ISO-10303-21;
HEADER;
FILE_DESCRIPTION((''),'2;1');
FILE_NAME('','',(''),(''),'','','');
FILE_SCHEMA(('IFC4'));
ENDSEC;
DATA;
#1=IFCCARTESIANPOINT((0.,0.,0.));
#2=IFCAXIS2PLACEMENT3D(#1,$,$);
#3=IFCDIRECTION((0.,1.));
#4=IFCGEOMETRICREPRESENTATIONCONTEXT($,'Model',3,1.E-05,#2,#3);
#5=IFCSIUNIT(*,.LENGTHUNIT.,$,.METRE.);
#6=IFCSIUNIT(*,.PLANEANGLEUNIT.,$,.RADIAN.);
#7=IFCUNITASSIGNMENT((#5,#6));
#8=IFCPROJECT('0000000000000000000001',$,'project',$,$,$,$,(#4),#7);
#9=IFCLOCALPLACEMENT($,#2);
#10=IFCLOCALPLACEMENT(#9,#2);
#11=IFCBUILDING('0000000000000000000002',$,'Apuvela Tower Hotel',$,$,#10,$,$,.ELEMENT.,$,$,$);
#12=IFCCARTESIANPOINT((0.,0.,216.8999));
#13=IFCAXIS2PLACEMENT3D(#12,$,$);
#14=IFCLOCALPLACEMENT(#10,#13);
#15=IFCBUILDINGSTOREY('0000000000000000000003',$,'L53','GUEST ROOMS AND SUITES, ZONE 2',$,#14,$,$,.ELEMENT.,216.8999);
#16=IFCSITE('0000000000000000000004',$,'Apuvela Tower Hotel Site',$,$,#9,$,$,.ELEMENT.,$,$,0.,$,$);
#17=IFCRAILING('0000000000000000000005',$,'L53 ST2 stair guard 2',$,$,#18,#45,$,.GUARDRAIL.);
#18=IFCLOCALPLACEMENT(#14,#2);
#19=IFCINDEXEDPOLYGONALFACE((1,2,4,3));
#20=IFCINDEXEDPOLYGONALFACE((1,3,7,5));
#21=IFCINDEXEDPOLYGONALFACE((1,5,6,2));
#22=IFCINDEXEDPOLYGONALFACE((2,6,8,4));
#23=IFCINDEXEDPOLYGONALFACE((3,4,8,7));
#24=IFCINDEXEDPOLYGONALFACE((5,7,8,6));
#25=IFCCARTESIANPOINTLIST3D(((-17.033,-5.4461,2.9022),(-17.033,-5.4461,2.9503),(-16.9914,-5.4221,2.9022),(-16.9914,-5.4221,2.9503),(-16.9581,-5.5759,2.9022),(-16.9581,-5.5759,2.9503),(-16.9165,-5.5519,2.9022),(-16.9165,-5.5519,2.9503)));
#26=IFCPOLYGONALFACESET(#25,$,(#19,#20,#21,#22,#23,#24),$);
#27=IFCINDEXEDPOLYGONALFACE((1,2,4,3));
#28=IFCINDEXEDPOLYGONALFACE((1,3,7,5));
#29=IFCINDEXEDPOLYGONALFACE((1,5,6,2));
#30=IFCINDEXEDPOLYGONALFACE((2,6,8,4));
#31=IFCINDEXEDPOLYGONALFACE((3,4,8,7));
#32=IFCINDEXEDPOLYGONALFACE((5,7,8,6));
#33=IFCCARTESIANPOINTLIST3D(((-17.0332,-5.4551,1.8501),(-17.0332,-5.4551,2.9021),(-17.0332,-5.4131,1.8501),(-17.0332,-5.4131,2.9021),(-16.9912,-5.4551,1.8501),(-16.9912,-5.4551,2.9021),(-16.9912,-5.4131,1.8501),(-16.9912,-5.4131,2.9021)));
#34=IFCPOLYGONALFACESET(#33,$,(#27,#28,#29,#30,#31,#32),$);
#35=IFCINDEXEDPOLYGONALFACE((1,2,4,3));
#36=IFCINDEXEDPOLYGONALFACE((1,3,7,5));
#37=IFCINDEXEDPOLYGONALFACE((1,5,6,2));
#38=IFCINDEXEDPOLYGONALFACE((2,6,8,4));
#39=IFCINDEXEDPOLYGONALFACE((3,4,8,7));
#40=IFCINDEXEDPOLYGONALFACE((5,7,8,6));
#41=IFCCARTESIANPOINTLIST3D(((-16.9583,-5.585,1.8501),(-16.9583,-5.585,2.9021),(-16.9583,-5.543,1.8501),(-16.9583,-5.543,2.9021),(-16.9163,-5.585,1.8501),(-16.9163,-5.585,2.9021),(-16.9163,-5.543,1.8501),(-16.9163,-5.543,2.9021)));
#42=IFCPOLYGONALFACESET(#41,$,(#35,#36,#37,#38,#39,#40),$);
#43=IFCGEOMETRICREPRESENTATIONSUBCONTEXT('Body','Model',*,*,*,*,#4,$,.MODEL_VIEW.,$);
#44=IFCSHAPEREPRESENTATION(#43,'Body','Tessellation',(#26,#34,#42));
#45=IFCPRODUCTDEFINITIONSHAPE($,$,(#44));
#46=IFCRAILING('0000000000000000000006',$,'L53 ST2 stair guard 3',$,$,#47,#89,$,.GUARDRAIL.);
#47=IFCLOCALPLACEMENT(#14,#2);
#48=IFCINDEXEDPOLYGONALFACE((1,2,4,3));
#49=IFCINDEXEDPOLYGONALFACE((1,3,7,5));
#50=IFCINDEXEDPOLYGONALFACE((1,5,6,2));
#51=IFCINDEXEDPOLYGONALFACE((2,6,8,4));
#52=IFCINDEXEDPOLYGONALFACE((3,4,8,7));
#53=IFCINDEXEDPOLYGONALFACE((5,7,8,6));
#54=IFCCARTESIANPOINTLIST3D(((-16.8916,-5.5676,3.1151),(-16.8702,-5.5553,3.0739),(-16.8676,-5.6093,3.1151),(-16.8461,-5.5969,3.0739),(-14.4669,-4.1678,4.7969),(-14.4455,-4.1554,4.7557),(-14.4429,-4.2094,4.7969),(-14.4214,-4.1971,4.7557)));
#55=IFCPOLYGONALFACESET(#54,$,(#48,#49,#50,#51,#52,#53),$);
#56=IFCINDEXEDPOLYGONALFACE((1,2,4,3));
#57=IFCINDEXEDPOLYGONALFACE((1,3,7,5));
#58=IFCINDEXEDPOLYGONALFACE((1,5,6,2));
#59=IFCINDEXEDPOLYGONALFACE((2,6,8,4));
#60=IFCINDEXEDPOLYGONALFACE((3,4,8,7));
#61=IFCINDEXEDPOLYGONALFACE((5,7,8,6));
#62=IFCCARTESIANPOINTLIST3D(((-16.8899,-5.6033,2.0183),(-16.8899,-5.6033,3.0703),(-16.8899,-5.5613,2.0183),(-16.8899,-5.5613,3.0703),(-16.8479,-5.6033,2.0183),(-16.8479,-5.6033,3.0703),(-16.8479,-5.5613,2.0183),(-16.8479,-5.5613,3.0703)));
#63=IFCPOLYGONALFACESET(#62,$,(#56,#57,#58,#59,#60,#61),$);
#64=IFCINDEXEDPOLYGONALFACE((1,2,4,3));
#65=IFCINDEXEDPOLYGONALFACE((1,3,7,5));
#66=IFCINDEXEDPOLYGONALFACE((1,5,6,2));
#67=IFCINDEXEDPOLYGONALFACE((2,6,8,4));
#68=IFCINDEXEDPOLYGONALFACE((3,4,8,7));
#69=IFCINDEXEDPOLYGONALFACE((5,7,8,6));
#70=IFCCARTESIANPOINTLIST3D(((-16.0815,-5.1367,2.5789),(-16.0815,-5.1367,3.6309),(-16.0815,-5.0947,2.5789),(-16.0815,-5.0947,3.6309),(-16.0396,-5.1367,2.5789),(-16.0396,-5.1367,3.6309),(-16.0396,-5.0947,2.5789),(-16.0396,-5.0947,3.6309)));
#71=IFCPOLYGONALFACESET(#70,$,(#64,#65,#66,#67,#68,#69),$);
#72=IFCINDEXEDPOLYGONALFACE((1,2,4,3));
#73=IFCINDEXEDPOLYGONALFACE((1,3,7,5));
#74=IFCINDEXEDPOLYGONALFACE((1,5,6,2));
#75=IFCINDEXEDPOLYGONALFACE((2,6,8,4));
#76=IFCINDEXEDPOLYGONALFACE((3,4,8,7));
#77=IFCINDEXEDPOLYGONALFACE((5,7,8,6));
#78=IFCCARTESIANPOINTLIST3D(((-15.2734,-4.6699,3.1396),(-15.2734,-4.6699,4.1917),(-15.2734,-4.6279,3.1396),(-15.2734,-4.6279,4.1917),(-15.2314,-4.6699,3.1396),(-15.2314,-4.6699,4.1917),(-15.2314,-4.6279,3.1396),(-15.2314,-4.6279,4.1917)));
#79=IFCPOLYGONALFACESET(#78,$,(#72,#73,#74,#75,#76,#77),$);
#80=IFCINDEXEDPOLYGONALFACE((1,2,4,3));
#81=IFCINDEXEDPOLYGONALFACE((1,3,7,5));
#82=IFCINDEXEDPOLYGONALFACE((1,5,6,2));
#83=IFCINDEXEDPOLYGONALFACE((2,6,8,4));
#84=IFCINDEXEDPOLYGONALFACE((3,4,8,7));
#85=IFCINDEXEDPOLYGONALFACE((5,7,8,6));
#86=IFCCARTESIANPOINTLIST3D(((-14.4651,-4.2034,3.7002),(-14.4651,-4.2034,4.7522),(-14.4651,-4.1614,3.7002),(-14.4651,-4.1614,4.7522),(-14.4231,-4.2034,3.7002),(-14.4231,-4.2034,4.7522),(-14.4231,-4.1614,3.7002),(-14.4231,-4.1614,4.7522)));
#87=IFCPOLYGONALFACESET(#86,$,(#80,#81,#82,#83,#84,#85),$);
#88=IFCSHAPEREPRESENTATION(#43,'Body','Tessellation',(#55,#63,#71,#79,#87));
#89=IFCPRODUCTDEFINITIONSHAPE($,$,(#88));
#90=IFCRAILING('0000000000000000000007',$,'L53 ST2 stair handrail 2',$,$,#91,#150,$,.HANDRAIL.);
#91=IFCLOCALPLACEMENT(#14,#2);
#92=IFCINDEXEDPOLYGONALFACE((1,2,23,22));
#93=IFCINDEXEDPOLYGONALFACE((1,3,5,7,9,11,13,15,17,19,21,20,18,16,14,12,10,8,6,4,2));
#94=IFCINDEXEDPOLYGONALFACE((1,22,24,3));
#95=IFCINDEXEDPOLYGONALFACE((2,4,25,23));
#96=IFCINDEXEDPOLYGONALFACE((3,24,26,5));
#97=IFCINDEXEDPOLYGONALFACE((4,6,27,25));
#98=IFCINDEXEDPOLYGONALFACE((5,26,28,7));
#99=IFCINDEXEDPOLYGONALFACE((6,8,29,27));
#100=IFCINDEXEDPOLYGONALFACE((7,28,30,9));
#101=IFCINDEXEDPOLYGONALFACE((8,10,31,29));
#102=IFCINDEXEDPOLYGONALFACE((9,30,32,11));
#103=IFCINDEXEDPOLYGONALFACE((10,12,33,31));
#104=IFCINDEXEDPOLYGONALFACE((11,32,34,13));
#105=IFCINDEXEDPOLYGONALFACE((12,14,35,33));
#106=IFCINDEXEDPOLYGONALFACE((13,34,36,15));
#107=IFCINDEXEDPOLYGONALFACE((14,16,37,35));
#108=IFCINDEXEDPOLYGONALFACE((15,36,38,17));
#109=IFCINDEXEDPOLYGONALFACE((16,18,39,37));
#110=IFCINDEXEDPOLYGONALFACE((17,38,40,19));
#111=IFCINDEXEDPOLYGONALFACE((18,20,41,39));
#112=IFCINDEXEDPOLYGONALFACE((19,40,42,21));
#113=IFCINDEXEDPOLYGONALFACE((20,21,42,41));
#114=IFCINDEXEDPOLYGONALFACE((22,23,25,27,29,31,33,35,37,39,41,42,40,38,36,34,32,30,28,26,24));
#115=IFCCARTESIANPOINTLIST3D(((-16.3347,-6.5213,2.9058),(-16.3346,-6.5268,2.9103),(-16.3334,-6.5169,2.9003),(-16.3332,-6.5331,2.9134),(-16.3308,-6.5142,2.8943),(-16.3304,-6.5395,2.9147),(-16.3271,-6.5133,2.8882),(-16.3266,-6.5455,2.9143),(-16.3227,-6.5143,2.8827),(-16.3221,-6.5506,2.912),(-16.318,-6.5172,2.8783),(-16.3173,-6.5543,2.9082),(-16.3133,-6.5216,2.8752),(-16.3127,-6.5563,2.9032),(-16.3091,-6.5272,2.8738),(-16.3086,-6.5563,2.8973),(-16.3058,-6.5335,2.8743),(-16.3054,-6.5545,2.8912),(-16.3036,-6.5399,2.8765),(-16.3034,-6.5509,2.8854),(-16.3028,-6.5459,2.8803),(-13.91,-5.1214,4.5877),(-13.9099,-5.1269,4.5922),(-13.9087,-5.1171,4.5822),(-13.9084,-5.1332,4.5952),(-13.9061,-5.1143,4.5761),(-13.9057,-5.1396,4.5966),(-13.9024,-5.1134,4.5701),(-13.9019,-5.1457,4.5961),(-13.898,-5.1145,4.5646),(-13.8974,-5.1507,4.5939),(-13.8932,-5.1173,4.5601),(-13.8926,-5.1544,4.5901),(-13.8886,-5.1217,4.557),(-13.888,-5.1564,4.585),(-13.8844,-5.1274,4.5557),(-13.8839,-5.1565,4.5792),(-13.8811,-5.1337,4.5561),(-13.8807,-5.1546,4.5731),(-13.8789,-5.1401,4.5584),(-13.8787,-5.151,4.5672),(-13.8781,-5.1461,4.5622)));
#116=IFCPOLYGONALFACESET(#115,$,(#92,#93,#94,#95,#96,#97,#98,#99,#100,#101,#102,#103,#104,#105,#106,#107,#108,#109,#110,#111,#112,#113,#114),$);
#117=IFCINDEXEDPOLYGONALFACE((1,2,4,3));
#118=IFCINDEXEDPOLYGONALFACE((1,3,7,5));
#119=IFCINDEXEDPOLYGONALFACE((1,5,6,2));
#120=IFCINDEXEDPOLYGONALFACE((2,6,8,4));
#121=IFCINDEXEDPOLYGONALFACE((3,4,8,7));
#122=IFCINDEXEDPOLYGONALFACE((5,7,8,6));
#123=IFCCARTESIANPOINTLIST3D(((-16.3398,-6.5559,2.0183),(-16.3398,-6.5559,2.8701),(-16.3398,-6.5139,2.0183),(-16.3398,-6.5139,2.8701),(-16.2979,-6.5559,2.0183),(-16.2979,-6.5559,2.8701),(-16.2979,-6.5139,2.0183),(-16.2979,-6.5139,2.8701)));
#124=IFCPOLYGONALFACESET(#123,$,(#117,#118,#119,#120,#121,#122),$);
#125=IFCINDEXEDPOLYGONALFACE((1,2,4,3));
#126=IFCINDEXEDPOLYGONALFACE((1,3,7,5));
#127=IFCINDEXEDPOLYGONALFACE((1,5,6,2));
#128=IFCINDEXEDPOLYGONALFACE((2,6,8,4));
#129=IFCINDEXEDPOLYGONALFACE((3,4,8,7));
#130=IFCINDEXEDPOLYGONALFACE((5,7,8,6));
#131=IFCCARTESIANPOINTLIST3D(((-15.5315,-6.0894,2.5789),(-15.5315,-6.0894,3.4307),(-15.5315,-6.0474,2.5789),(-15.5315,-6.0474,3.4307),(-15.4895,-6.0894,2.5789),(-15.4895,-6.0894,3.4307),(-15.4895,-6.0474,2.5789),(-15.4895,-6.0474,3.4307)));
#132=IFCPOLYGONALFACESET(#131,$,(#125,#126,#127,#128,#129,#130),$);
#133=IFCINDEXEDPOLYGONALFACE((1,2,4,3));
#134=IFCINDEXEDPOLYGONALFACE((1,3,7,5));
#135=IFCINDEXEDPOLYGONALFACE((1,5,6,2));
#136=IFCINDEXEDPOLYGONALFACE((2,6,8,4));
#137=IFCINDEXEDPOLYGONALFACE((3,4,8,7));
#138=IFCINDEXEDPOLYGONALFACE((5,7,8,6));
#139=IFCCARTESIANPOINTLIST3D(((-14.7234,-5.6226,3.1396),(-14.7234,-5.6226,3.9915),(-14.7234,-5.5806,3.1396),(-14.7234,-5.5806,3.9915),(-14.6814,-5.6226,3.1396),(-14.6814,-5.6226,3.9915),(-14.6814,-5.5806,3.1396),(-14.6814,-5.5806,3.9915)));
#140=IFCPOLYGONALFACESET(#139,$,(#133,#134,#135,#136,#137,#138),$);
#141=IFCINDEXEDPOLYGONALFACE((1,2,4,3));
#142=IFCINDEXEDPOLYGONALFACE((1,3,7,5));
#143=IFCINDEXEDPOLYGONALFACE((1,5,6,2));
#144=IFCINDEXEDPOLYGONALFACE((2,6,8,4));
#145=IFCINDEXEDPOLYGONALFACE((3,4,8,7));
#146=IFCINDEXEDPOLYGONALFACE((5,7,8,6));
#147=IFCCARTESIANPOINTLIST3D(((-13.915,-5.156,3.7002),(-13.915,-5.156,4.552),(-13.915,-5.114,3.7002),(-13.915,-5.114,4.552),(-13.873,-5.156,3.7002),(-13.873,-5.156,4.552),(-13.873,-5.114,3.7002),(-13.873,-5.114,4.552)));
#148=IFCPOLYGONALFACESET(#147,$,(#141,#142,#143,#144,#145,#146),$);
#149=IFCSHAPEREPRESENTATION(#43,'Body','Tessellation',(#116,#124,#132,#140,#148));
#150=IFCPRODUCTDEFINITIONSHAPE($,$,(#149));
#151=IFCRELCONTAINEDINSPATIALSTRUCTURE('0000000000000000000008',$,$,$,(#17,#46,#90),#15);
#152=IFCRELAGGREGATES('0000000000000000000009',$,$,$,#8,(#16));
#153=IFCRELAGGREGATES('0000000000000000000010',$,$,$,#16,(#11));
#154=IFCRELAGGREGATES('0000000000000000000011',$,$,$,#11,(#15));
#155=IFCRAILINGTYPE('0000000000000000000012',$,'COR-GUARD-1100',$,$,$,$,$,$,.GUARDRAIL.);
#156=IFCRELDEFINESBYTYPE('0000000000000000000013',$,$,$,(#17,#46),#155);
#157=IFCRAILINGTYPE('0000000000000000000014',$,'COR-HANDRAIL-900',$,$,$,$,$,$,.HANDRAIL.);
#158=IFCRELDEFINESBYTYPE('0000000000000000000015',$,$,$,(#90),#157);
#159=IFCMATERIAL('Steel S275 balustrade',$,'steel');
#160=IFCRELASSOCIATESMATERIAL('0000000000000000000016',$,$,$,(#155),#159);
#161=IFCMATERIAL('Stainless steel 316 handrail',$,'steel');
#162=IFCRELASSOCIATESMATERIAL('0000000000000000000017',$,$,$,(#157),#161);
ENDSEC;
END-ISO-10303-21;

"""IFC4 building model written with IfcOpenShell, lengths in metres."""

from ifc_helpers import new_model, si_unit, direction, frame, origin, origin_2d, place, context, subcontext, project, spatial, rectangle, circle, extrude, material, type_object, element, save


model = new_model("IFC4")

# Units and contexts
model_context = context("Model", 3, precision=1e-05, world=origin(), true_north=direction((0.0, 1.0)))
body_context = subcontext(model_context, "Body", "Model", "MODEL_VIEW")
ifc_project = project(units=[si_unit("LENGTHUNIT", "METRE"), si_unit("PLANEANGLEUNIT", "RADIAN")], contexts=[model_context])

# Site, building, storey
site_placement = place(None, origin())
site = spatial("IfcSite", under=ifc_project, at=site_placement, Name="Apuvela Tower Hotel Site", CompositionType="ELEMENT", RefElevation=0.0)
building_placement = place(site_placement, origin())
building = spatial("IfcBuilding", under=site, at=building_placement, Name="Apuvela Tower Hotel", CompositionType="ELEMENT")
storey_placement = place(building_placement, frame((0.0, 0.0, 216.8999)))
storey = spatial("IfcBuildingStorey", under=building, at=storey_placement, Name="L53", Description="GUEST ROOMS AND SUITES, ZONE 2", CompositionType="ELEMENT", Elevation=216.8999)

# Railings
ifc_material_1 = material(Name="Steel S275 balustrade", Category="steel")
railing_type_1 = type_object("IfcRailingType", Name="COR-GUARD-1100", PredefinedType="GUARDRAIL", material=ifc_material_1)
railing_1_placement = place(storey_placement, frame((-17.0122, -5.4341, 1.8501)))
element("IfcRailing", 1, at=railing_1_placement, inside=storey, type_object=railing_type_1, Name="L53 ST2 stair guard 2", PredefinedType="GUARDRAIL", context=body_context, shape_type="SweptSolid", body=[
    extrude(rectangle(XDim=0.0481, YDim=0.0481, at=origin_2d()), frame((0.0, 0.0, 1.0762), z_axis=(0.499816, -0.866131, 0.0), x_axis=(0.866131, 0.499816, 0.0)), (0.0, 0.0, 1.0), 0.1499),
    extrude(rectangle(XDim=0.042, YDim=0.042, at=origin_2d()), origin(), (0.0, 0.0, 1.0), 1.052),
    extrude(rectangle(XDim=0.042, YDim=0.042, at=origin_2d()), frame((0.075, -0.1299, 0.0)), (0.0, 0.0, 1.0), 1.052),
])
railing_2_placement = place(storey_placement, frame((-16.8689, -5.5823, 2.0183)))
element("IfcRailing", 2, at=railing_2_placement, inside=storey, type_object=railing_type_1, Name="L53 ST2 stair guard 3", PredefinedType="GUARDRAIL", context=body_context, shape_type="SweptSolid", body=[
    extrude(rectangle(XDim=0.0481, YDim=0.0481, at=origin_2d()), frame((0.0, 0.0, 1.0762), z_axis=(0.74239, 0.428601, 0.514934), x_axis=(-0.499984, 0.866035, 0.0)), (0.0, 0.0, 1.0), 3.2661),
    extrude(rectangle(XDim=0.042, YDim=0.042, at=origin_2d()), origin(), (0.0, 0.0, 1.0), 1.052),
    extrude(rectangle(XDim=0.042, YDim=0.042, at=origin_2d()), frame((0.8083, 0.4666, 0.5605)), (0.0, 0.0, 1.0), 1.052),
    extrude(rectangle(XDim=0.042, YDim=0.042, at=origin_2d()), frame((1.6165, 0.9333, 1.1213)), (0.0, 0.0, 1.0), 1.052),
    extrude(rectangle(XDim=0.042, YDim=0.042, at=origin_2d()), frame((2.4248, 1.3999, 1.6819)), (0.0, 0.0, 1.0), 1.052),
])
ifc_material_2 = material(Name="Stainless steel 316 handrail", Category="steel")
railing_type_2 = type_object("IfcRailingType", Name="COR-HANDRAIL-900", PredefinedType="HANDRAIL", material=ifc_material_2)
railing_3_placement = place(storey_placement, frame((-16.3188, -6.5349, 2.0183)))
element("IfcRailing", 3, at=railing_3_placement, inside=storey, type_object=railing_type_2, Name="L53 ST2 stair handrail 2", PredefinedType="HANDRAIL", context=body_context, shape_type="SweptSolid", body=[
    extrude(circle(Radius=0.0239, at=origin_2d()), frame((0.0, 0.0, 0.876), z_axis=(0.74239, 0.428601, 0.514934), x_axis=(-0.499984, 0.866035, 0.0)), (0.0, 0.0, 1.0), 3.2661),
    extrude(rectangle(XDim=0.042, YDim=0.042, at=origin_2d()), origin(), (0.0, 0.0, 1.0), 0.8518),
    extrude(rectangle(XDim=0.042, YDim=0.042, at=origin_2d()), frame((0.8083, 0.4666, 0.5605)), (0.0, 0.0, 1.0), 0.8518),
    extrude(rectangle(XDim=0.042, YDim=0.042, at=origin_2d()), frame((1.6165, 0.9333, 1.1213)), (0.0, 0.0, 1.0), 0.8518),
    extrude(rectangle(XDim=0.042, YDim=0.042, at=origin_2d()), frame((2.4248, 1.3999, 1.6819)), (0.0, 0.0, 1.0), 0.8518),
])

save(model, "model.ifc")
